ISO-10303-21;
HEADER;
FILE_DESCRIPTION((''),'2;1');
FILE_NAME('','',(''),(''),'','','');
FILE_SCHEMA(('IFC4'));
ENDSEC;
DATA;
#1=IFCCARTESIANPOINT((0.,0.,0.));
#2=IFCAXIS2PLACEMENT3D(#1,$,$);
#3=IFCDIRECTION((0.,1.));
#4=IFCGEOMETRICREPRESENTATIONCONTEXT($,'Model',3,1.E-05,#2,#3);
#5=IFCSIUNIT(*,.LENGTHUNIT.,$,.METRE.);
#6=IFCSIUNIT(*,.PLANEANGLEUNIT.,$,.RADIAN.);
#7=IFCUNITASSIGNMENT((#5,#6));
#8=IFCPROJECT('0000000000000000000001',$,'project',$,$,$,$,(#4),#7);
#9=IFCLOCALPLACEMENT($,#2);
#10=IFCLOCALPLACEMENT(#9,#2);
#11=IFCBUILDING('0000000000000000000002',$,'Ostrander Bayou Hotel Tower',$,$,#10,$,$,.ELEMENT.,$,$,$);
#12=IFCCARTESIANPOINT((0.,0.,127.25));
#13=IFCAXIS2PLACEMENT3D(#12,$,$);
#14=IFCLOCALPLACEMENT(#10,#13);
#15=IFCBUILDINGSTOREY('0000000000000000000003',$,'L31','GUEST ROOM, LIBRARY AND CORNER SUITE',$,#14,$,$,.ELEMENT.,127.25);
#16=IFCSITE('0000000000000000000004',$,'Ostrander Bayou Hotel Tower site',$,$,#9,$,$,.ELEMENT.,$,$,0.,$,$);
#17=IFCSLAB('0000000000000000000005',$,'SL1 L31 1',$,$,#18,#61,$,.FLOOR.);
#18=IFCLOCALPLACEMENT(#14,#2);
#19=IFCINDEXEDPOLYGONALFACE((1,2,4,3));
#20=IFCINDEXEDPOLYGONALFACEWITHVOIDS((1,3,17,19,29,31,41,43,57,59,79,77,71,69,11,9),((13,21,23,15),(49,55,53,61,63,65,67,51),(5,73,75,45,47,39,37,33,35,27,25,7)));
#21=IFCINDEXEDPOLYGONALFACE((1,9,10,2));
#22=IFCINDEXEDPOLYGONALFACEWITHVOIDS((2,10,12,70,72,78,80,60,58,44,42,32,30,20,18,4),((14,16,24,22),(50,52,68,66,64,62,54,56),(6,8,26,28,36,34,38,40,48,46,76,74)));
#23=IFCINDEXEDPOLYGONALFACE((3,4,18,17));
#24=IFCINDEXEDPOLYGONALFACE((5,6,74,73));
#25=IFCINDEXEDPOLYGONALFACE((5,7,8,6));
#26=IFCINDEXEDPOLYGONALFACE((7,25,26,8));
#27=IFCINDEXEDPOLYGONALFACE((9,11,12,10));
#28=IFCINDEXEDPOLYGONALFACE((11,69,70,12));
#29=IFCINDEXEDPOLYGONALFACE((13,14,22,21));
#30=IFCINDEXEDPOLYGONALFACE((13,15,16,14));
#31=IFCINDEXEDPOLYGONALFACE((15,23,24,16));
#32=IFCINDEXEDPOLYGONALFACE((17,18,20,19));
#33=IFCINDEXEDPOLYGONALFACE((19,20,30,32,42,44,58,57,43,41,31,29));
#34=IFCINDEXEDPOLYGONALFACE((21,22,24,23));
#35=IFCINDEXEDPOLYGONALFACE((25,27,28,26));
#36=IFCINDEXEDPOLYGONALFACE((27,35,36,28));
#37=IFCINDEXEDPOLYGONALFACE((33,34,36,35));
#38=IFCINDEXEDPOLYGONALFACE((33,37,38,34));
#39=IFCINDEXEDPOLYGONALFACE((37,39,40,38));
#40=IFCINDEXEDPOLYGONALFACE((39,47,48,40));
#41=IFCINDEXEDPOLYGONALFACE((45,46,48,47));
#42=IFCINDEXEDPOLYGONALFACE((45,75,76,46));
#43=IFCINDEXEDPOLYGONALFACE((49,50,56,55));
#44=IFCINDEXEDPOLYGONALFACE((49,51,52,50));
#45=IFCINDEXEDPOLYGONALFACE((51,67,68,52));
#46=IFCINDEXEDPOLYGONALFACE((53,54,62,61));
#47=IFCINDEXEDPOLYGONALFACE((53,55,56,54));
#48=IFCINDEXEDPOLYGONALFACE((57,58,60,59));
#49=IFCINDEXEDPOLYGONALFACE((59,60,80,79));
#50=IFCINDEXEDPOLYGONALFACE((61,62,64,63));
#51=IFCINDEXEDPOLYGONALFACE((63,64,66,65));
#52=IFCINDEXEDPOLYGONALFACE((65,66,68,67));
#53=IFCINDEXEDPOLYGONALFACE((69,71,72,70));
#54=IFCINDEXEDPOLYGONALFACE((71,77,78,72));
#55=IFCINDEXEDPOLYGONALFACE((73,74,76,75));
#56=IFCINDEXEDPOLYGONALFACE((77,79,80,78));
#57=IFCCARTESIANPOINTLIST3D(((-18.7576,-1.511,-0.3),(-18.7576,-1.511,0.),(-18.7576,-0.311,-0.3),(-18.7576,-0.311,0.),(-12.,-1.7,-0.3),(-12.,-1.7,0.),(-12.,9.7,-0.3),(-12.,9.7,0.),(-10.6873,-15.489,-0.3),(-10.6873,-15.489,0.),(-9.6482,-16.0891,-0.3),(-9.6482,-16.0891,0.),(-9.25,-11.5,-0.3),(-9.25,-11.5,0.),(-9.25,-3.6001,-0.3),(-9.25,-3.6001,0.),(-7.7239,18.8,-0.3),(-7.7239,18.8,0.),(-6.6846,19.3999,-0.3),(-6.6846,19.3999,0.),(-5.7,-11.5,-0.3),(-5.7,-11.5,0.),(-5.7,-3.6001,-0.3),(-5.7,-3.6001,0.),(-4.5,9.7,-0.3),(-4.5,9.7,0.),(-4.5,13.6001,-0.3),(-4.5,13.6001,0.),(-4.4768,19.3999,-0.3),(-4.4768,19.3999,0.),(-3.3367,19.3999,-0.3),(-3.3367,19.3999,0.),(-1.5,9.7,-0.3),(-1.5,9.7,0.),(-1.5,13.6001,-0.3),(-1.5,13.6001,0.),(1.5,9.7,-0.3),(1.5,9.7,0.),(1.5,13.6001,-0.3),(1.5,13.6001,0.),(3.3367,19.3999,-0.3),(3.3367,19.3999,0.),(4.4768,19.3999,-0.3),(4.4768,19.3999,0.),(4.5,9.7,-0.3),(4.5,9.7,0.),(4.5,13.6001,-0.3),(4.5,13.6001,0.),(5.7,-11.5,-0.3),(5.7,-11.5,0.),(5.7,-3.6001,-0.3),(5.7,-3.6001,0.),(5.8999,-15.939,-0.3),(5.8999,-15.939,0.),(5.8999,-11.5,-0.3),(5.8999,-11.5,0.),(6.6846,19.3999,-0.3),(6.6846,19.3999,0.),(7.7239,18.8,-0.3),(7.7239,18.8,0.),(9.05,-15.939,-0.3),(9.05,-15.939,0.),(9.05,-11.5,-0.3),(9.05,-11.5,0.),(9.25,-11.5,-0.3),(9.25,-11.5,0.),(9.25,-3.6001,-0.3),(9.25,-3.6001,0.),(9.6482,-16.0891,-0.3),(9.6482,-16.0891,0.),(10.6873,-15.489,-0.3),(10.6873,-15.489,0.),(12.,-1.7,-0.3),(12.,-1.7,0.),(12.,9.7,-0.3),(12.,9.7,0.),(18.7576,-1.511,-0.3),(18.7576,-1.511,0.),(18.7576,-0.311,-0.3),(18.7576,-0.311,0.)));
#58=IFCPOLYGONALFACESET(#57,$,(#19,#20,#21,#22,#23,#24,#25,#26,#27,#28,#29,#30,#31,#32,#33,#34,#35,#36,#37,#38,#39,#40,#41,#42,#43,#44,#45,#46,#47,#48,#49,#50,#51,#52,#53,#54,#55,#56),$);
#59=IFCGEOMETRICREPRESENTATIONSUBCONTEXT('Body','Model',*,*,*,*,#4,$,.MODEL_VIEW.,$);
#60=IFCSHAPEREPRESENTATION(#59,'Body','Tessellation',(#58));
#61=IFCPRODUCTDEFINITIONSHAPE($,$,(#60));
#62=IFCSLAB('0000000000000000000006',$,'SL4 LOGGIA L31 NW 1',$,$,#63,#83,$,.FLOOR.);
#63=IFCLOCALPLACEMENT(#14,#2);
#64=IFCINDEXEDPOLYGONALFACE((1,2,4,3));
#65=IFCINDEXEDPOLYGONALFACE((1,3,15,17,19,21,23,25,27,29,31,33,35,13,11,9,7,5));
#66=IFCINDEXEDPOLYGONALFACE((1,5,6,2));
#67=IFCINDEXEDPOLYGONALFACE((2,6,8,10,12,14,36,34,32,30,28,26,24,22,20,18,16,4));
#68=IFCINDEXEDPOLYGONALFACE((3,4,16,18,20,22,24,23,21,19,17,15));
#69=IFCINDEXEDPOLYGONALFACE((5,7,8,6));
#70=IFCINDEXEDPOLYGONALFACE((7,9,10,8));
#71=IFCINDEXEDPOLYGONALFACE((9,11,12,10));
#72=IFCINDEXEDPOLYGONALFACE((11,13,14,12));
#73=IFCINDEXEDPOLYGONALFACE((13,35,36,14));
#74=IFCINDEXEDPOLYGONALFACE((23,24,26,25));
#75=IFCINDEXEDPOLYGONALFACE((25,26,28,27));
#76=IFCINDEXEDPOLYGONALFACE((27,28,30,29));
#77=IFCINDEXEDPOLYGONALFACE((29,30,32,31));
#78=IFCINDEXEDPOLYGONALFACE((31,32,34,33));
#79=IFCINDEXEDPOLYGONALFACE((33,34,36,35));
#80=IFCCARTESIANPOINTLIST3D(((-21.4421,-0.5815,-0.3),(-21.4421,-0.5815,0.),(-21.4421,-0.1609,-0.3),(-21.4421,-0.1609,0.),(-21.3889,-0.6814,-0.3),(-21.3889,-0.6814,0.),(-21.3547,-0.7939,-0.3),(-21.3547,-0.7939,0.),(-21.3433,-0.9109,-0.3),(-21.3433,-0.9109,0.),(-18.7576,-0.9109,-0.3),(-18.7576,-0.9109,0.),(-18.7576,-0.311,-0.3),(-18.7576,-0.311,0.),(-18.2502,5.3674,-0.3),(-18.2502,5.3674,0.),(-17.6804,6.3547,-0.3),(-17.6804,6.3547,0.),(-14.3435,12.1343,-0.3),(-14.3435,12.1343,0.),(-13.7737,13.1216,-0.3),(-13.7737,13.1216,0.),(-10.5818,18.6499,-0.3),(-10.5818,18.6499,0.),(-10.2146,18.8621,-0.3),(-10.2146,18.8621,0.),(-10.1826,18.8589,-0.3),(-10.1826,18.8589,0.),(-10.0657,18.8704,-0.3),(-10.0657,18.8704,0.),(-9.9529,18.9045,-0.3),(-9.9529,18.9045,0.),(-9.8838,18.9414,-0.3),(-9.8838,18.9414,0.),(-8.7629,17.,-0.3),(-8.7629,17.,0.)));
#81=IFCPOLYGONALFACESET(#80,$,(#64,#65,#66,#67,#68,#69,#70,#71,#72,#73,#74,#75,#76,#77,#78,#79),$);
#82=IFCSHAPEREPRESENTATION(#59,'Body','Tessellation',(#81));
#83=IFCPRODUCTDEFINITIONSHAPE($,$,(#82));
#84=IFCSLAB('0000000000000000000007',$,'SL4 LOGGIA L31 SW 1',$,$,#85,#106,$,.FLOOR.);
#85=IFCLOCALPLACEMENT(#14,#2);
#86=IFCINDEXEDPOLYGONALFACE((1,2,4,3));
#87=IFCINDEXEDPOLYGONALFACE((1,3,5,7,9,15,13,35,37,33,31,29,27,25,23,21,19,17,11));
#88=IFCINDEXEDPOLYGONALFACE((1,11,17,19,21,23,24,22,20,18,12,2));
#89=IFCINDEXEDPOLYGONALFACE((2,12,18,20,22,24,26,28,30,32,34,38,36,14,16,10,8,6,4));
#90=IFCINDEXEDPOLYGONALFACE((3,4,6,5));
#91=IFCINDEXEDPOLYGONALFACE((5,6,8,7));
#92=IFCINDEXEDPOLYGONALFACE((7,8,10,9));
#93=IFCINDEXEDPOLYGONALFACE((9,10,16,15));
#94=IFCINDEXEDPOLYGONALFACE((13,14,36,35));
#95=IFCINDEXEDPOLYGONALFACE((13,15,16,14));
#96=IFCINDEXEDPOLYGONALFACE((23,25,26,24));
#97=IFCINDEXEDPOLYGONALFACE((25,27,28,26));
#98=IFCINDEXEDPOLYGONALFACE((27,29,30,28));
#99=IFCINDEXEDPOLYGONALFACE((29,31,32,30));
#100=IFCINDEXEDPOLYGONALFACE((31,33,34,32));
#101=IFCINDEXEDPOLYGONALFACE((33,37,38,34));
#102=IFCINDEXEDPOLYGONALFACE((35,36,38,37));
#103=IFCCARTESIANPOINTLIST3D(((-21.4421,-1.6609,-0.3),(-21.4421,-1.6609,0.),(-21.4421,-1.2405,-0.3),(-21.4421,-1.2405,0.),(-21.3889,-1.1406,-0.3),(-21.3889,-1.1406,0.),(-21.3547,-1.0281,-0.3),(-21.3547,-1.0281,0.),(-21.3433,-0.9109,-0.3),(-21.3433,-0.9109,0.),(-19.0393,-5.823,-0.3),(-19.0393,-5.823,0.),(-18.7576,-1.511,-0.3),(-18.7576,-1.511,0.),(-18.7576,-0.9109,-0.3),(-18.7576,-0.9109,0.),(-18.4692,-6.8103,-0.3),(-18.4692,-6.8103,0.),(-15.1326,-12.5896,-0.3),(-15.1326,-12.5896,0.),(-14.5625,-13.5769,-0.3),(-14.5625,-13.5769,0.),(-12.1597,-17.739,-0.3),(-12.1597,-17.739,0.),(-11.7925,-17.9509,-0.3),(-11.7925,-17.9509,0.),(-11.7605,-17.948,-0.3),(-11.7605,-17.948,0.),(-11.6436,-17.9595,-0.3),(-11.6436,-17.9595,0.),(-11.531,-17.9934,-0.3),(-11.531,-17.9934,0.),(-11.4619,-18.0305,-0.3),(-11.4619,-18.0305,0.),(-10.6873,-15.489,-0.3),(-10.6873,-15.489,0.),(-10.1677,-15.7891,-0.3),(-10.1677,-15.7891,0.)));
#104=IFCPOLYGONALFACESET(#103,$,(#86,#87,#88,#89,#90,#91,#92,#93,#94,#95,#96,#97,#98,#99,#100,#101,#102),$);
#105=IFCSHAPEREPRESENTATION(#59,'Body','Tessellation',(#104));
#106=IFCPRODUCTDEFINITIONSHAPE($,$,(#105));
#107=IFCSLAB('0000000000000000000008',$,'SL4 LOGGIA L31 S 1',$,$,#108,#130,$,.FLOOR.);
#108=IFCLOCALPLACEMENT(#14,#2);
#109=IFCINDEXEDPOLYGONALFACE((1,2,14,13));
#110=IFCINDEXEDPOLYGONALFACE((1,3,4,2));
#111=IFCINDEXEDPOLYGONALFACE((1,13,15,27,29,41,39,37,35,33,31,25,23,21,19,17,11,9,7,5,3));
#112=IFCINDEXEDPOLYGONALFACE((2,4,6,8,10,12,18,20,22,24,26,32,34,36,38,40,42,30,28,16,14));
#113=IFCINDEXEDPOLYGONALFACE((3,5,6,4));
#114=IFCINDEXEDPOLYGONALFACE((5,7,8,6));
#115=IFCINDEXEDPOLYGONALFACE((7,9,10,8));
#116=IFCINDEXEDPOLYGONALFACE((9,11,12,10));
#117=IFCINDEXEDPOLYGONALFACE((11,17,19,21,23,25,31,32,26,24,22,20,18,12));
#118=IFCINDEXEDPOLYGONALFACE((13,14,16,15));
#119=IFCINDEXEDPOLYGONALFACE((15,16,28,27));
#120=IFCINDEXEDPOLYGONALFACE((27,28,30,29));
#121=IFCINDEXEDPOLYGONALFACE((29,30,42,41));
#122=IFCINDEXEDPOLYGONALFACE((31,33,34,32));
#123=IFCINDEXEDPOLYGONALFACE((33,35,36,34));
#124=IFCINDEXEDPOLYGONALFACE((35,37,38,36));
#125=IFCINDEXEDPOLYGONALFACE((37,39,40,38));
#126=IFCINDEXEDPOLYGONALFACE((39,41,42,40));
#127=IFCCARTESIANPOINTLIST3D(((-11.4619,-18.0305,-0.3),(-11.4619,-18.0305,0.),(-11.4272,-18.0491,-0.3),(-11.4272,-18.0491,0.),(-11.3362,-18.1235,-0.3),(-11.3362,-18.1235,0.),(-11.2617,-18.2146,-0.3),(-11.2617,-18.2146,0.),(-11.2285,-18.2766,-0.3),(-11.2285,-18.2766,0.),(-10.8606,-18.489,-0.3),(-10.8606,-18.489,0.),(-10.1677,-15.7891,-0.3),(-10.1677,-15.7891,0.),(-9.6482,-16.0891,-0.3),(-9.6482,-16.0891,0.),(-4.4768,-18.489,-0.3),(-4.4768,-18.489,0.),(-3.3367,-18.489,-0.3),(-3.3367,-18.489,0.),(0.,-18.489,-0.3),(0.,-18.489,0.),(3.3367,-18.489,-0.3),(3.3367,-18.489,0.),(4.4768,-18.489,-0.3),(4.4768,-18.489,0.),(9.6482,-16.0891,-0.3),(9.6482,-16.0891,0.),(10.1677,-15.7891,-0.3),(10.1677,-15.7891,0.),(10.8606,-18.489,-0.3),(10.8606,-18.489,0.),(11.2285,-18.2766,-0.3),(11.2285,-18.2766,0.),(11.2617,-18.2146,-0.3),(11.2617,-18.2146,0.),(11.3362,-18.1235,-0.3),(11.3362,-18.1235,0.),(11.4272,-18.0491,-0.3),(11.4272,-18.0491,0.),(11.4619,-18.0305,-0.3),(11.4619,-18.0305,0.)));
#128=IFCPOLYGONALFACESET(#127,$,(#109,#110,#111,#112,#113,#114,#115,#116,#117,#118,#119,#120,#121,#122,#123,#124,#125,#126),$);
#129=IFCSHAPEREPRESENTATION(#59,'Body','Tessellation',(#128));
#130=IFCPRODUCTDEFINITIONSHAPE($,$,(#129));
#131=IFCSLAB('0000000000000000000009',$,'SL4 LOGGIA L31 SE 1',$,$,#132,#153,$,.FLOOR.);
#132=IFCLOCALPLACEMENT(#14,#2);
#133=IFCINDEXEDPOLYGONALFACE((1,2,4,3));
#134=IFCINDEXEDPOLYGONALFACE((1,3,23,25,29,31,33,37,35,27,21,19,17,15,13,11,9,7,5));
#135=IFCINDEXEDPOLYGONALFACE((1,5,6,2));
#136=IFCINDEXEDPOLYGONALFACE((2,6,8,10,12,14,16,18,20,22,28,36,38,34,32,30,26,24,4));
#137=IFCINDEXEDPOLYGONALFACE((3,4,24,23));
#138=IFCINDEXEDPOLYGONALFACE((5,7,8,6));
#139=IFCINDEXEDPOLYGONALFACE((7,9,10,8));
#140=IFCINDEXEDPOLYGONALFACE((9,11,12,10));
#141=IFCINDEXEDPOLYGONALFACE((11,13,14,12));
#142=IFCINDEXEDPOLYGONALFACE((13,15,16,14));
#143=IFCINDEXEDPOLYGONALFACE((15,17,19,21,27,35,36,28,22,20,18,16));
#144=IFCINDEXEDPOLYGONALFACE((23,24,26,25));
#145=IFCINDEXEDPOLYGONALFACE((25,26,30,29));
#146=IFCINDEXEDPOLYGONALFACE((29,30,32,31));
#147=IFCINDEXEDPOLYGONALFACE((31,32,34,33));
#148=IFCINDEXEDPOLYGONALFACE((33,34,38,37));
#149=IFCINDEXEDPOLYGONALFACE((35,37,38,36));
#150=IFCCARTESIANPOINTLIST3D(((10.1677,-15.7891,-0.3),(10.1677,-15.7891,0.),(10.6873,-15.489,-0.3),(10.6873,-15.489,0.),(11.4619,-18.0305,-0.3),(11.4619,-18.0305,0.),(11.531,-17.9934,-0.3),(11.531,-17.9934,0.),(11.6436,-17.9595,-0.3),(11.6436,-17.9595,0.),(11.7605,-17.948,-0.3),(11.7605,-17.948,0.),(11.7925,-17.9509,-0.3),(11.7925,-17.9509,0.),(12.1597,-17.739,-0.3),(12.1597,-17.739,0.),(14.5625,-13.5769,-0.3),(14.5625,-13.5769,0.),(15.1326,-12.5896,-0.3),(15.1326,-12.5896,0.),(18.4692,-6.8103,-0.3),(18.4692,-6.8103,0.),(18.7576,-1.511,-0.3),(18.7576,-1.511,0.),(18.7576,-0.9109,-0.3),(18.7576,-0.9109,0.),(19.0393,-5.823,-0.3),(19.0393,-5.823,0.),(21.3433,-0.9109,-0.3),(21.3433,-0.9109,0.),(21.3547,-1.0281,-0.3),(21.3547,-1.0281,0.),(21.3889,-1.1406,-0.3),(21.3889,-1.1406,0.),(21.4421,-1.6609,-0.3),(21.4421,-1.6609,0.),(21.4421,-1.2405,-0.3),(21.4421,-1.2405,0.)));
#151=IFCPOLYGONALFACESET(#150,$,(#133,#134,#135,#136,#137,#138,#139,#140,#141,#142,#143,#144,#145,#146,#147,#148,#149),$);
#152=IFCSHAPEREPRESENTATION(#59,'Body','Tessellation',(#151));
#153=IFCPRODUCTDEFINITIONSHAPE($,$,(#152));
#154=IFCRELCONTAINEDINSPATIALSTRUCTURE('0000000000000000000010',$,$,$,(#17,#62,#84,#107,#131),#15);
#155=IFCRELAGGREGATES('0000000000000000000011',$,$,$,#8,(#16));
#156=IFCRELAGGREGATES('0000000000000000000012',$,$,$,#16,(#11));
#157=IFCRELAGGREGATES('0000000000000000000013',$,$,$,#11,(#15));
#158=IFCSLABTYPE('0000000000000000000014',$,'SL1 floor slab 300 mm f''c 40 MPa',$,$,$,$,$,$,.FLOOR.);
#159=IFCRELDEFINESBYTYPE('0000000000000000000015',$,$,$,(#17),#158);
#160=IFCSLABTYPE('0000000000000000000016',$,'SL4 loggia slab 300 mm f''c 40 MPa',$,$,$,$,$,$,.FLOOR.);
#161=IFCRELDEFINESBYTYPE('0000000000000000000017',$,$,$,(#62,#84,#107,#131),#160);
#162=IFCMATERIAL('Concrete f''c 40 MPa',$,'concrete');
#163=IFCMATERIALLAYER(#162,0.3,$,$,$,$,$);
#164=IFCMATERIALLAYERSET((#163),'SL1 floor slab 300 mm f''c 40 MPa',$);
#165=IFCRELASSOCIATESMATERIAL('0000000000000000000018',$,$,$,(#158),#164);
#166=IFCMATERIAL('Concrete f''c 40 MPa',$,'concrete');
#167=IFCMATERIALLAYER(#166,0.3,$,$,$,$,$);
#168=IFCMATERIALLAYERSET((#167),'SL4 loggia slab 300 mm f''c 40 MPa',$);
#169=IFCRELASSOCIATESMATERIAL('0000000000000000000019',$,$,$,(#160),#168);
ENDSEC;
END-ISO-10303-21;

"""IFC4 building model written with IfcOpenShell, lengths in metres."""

from ifc_helpers import new_model, si_unit, direction, frame, origin, place, context, subcontext, project, spatial, polyline, outline, extrude, material, layer, layer_set, type_object, element, save


model = new_model("IFC4")

# Units and contexts
model_context = context("Model", 3, precision=1e-05, world=origin(), true_north=direction((0.0, 1.0)))
body_context = subcontext(model_context, "Body", "Model", "MODEL_VIEW")
ifc_project = project(units=[si_unit("LENGTHUNIT", "METRE"), si_unit("PLANEANGLEUNIT", "RADIAN")], contexts=[model_context])

# Site, building, storey
site_placement = place(None, origin())
site = spatial("IfcSite", under=ifc_project, at=site_placement, Name="Ostrander Bayou Hotel Tower site", CompositionType="ELEMENT", RefElevation=0.0)
building_placement = place(site_placement, origin())
building = spatial("IfcBuilding", under=site, at=building_placement, Name="Ostrander Bayou Hotel Tower", CompositionType="ELEMENT")
storey_placement = place(building_placement, frame((0.0, 0.0, 127.25)))
storey = spatial("IfcBuildingStorey", under=building, at=storey_placement, Name="L31", Description="GUEST ROOM, LIBRARY AND CORNER SUITE", CompositionType="ELEMENT", Elevation=127.25)

# Slabs
ifc_material_1 = material(Name="Concrete f'c 40 MPa", Category="concrete")
ifc_layer_1 = layer(ifc_material_1, 0.3)
ifc_layer_set_1 = layer_set([ifc_layer_1], Name="SL1 floor slab 300 mm f'c 40 MPa")
slab_type_1 = type_object("IfcSlabType", Name="SL1 floor slab 300 mm f'c 40 MPa", PredefinedType="FLOOR", material=ifc_layer_set_1)
slab_1_placement = place(storey_placement, frame((0.0, 0.0, -0.3)))
element("IfcSlab", 1, at=slab_1_placement, inside=storey, type_object=slab_type_1, Name="SL1 L31 1", PredefinedType="FLOOR", context=body_context, shape_type="SweptSolid", body=[
    extrude(outline(polyline([(-3.3367, 19.3999), (3.3367, 19.3999), (4.4768, 19.3999), (6.6846, 19.3999), (7.7239, 18.8), (18.7576, -0.311), (18.7576, -1.511), (10.6873, -15.489), (9.6482, -16.0891), (-9.6482, -16.0891), (-10.6873, -15.489), (-18.7576, -1.511), (-18.7576, -0.311), (-7.7239, 18.8), (-6.6846, 19.3999), (-4.4768, 19.3999), (-3.3367, 19.3999)]), holes=[polyline([(-12.0, -1.7), (12.0, -1.7), (12.0, 9.7), (4.5, 9.7), (4.5, 13.6001), (1.5, 13.6001), (1.5, 9.7), (-1.5, 9.7), (-1.5, 13.6001), (-4.5, 13.6001), (-4.5, 9.7), (-12.0, 9.7), (-12.0, -1.7)]), polyline([(9.05, -11.5), (9.25, -11.5), (9.25, -3.6001), (5.7, -3.6001), (5.7, -11.5), (5.8999, -11.5), (5.8999, -15.939), (9.05, -15.939), (9.05, -11.5)]), polyline([(-5.7, -3.6001), (-9.25, -3.6001), (-9.25, -11.5), (-5.7, -11.5), (-5.7, -3.6001)])]), origin(), (0.0, 0.0, 1.0), 0.3),
])
ifc_material_2 = material(Name="Concrete f'c 40 MPa", Category="concrete")
ifc_layer_2 = layer(ifc_material_2, 0.3)
ifc_layer_set_2 = layer_set([ifc_layer_2], Name="SL4 loggia slab 300 mm f'c 40 MPa")
slab_type_2 = type_object("IfcSlabType", Name="SL4 loggia slab 300 mm f'c 40 MPa", PredefinedType="FLOOR", material=ifc_layer_set_2)
slab_2_placement = place(storey_placement, frame((0.0, 0.0, -0.3)))
element("IfcSlab", 2, at=slab_2_placement, inside=storey, type_object=slab_type_2, Name="SL4 LOGGIA L31 NW 1", PredefinedType="FLOOR", context=body_context, shape_type="SweptSolid", body=[
    extrude(outline(polyline([(-21.3433, -0.9109), (-21.3547, -0.7939), (-21.3889, -0.6814), (-21.4421, -0.5815), (-21.4421, -0.1609), (-18.2502, 5.3674), (-17.6804, 6.3547), (-14.3435, 12.1343), (-13.7737, 13.1216), (-10.5818, 18.6499), (-10.2146, 18.8621), (-10.1826, 18.8589), (-10.0657, 18.8704), (-9.9529, 18.9045), (-9.8838, 18.9414), (-8.7629, 17.0), (-18.7576, -0.311), (-18.7576, -0.9109), (-21.3433, -0.9109)])), origin(), (0.0, 0.0, 1.0), 0.3),
])
slab_3_placement = place(storey_placement, frame((0.0, 0.0, -0.3)))
element("IfcSlab", 3, at=slab_3_placement, inside=storey, type_object=slab_type_2, Name="SL4 LOGGIA L31 SW 1", PredefinedType="FLOOR", context=body_context, shape_type="SweptSolid", body=[
    extrude(outline(polyline([(-10.1677, -15.7891), (-11.4619, -18.0305), (-11.531, -17.9934), (-11.6436, -17.9595), (-11.7605, -17.948), (-11.7925, -17.9509), (-12.1597, -17.739), (-14.5625, -13.5769), (-15.1326, -12.5896), (-18.4692, -6.8103), (-19.0393, -5.823), (-21.4421, -1.6609), (-21.4421, -1.2405), (-21.3889, -1.1406), (-21.3547, -1.0281), (-21.3433, -0.9109), (-18.7576, -0.9109), (-18.7576, -1.511), (-10.6873, -15.489), (-10.1677, -15.7891)])), origin(), (0.0, 0.0, 1.0), 0.3),
])
slab_4_placement = place(storey_placement, frame((0.0, 0.0, -0.3)))
element("IfcSlab", 4, at=slab_4_placement, inside=storey, type_object=slab_type_2, Name="SL4 LOGGIA L31 S 1", PredefinedType="FLOOR", context=body_context, shape_type="SweptSolid", body=[
    extrude(outline(polyline([(10.1677, -15.7891), (11.4619, -18.0305), (11.4272, -18.0491), (11.3362, -18.1235), (11.2617, -18.2146), (11.2285, -18.2766), (10.8606, -18.489), (4.4768, -18.489), (3.3367, -18.489), (0.0, -18.489), (-3.3367, -18.489), (-4.4768, -18.489), (-10.8606, -18.489), (-11.2285, -18.2766), (-11.2617, -18.2146), (-11.3362, -18.1235), (-11.4272, -18.0491), (-11.4619, -18.0305), (-10.1677, -15.7891), (-9.6482, -16.0891), (9.6482, -16.0891), (10.1677, -15.7891)])), origin(), (0.0, 0.0, 1.0), 0.3),
])
slab_5_placement = place(storey_placement, frame((0.0, 0.0, -0.3)))
element("IfcSlab", 5, at=slab_5_placement, inside=storey, type_object=slab_type_2, Name="SL4 LOGGIA L31 SE 1", PredefinedType="FLOOR", context=body_context, shape_type="SweptSolid", body=[
    extrude(outline(polyline([(18.7576, -0.9109), (21.3433, -0.9109), (21.3547, -1.0281), (21.3889, -1.1406), (21.4421, -1.2405), (21.4421, -1.6609), (19.0393, -5.823), (18.4692, -6.8103), (15.1326, -12.5896), (14.5625, -13.5769), (12.1597, -17.739), (11.7925, -17.9509), (11.7605, -17.948), (11.6436, -17.9595), (11.531, -17.9934), (11.4619, -18.0305), (10.1677, -15.7891), (10.6873, -15.489), (18.7576, -1.511), (18.7576, -0.9109)])), origin(), (0.0, 0.0, 1.0), 0.3),
])

save(model, "model.ifc")
